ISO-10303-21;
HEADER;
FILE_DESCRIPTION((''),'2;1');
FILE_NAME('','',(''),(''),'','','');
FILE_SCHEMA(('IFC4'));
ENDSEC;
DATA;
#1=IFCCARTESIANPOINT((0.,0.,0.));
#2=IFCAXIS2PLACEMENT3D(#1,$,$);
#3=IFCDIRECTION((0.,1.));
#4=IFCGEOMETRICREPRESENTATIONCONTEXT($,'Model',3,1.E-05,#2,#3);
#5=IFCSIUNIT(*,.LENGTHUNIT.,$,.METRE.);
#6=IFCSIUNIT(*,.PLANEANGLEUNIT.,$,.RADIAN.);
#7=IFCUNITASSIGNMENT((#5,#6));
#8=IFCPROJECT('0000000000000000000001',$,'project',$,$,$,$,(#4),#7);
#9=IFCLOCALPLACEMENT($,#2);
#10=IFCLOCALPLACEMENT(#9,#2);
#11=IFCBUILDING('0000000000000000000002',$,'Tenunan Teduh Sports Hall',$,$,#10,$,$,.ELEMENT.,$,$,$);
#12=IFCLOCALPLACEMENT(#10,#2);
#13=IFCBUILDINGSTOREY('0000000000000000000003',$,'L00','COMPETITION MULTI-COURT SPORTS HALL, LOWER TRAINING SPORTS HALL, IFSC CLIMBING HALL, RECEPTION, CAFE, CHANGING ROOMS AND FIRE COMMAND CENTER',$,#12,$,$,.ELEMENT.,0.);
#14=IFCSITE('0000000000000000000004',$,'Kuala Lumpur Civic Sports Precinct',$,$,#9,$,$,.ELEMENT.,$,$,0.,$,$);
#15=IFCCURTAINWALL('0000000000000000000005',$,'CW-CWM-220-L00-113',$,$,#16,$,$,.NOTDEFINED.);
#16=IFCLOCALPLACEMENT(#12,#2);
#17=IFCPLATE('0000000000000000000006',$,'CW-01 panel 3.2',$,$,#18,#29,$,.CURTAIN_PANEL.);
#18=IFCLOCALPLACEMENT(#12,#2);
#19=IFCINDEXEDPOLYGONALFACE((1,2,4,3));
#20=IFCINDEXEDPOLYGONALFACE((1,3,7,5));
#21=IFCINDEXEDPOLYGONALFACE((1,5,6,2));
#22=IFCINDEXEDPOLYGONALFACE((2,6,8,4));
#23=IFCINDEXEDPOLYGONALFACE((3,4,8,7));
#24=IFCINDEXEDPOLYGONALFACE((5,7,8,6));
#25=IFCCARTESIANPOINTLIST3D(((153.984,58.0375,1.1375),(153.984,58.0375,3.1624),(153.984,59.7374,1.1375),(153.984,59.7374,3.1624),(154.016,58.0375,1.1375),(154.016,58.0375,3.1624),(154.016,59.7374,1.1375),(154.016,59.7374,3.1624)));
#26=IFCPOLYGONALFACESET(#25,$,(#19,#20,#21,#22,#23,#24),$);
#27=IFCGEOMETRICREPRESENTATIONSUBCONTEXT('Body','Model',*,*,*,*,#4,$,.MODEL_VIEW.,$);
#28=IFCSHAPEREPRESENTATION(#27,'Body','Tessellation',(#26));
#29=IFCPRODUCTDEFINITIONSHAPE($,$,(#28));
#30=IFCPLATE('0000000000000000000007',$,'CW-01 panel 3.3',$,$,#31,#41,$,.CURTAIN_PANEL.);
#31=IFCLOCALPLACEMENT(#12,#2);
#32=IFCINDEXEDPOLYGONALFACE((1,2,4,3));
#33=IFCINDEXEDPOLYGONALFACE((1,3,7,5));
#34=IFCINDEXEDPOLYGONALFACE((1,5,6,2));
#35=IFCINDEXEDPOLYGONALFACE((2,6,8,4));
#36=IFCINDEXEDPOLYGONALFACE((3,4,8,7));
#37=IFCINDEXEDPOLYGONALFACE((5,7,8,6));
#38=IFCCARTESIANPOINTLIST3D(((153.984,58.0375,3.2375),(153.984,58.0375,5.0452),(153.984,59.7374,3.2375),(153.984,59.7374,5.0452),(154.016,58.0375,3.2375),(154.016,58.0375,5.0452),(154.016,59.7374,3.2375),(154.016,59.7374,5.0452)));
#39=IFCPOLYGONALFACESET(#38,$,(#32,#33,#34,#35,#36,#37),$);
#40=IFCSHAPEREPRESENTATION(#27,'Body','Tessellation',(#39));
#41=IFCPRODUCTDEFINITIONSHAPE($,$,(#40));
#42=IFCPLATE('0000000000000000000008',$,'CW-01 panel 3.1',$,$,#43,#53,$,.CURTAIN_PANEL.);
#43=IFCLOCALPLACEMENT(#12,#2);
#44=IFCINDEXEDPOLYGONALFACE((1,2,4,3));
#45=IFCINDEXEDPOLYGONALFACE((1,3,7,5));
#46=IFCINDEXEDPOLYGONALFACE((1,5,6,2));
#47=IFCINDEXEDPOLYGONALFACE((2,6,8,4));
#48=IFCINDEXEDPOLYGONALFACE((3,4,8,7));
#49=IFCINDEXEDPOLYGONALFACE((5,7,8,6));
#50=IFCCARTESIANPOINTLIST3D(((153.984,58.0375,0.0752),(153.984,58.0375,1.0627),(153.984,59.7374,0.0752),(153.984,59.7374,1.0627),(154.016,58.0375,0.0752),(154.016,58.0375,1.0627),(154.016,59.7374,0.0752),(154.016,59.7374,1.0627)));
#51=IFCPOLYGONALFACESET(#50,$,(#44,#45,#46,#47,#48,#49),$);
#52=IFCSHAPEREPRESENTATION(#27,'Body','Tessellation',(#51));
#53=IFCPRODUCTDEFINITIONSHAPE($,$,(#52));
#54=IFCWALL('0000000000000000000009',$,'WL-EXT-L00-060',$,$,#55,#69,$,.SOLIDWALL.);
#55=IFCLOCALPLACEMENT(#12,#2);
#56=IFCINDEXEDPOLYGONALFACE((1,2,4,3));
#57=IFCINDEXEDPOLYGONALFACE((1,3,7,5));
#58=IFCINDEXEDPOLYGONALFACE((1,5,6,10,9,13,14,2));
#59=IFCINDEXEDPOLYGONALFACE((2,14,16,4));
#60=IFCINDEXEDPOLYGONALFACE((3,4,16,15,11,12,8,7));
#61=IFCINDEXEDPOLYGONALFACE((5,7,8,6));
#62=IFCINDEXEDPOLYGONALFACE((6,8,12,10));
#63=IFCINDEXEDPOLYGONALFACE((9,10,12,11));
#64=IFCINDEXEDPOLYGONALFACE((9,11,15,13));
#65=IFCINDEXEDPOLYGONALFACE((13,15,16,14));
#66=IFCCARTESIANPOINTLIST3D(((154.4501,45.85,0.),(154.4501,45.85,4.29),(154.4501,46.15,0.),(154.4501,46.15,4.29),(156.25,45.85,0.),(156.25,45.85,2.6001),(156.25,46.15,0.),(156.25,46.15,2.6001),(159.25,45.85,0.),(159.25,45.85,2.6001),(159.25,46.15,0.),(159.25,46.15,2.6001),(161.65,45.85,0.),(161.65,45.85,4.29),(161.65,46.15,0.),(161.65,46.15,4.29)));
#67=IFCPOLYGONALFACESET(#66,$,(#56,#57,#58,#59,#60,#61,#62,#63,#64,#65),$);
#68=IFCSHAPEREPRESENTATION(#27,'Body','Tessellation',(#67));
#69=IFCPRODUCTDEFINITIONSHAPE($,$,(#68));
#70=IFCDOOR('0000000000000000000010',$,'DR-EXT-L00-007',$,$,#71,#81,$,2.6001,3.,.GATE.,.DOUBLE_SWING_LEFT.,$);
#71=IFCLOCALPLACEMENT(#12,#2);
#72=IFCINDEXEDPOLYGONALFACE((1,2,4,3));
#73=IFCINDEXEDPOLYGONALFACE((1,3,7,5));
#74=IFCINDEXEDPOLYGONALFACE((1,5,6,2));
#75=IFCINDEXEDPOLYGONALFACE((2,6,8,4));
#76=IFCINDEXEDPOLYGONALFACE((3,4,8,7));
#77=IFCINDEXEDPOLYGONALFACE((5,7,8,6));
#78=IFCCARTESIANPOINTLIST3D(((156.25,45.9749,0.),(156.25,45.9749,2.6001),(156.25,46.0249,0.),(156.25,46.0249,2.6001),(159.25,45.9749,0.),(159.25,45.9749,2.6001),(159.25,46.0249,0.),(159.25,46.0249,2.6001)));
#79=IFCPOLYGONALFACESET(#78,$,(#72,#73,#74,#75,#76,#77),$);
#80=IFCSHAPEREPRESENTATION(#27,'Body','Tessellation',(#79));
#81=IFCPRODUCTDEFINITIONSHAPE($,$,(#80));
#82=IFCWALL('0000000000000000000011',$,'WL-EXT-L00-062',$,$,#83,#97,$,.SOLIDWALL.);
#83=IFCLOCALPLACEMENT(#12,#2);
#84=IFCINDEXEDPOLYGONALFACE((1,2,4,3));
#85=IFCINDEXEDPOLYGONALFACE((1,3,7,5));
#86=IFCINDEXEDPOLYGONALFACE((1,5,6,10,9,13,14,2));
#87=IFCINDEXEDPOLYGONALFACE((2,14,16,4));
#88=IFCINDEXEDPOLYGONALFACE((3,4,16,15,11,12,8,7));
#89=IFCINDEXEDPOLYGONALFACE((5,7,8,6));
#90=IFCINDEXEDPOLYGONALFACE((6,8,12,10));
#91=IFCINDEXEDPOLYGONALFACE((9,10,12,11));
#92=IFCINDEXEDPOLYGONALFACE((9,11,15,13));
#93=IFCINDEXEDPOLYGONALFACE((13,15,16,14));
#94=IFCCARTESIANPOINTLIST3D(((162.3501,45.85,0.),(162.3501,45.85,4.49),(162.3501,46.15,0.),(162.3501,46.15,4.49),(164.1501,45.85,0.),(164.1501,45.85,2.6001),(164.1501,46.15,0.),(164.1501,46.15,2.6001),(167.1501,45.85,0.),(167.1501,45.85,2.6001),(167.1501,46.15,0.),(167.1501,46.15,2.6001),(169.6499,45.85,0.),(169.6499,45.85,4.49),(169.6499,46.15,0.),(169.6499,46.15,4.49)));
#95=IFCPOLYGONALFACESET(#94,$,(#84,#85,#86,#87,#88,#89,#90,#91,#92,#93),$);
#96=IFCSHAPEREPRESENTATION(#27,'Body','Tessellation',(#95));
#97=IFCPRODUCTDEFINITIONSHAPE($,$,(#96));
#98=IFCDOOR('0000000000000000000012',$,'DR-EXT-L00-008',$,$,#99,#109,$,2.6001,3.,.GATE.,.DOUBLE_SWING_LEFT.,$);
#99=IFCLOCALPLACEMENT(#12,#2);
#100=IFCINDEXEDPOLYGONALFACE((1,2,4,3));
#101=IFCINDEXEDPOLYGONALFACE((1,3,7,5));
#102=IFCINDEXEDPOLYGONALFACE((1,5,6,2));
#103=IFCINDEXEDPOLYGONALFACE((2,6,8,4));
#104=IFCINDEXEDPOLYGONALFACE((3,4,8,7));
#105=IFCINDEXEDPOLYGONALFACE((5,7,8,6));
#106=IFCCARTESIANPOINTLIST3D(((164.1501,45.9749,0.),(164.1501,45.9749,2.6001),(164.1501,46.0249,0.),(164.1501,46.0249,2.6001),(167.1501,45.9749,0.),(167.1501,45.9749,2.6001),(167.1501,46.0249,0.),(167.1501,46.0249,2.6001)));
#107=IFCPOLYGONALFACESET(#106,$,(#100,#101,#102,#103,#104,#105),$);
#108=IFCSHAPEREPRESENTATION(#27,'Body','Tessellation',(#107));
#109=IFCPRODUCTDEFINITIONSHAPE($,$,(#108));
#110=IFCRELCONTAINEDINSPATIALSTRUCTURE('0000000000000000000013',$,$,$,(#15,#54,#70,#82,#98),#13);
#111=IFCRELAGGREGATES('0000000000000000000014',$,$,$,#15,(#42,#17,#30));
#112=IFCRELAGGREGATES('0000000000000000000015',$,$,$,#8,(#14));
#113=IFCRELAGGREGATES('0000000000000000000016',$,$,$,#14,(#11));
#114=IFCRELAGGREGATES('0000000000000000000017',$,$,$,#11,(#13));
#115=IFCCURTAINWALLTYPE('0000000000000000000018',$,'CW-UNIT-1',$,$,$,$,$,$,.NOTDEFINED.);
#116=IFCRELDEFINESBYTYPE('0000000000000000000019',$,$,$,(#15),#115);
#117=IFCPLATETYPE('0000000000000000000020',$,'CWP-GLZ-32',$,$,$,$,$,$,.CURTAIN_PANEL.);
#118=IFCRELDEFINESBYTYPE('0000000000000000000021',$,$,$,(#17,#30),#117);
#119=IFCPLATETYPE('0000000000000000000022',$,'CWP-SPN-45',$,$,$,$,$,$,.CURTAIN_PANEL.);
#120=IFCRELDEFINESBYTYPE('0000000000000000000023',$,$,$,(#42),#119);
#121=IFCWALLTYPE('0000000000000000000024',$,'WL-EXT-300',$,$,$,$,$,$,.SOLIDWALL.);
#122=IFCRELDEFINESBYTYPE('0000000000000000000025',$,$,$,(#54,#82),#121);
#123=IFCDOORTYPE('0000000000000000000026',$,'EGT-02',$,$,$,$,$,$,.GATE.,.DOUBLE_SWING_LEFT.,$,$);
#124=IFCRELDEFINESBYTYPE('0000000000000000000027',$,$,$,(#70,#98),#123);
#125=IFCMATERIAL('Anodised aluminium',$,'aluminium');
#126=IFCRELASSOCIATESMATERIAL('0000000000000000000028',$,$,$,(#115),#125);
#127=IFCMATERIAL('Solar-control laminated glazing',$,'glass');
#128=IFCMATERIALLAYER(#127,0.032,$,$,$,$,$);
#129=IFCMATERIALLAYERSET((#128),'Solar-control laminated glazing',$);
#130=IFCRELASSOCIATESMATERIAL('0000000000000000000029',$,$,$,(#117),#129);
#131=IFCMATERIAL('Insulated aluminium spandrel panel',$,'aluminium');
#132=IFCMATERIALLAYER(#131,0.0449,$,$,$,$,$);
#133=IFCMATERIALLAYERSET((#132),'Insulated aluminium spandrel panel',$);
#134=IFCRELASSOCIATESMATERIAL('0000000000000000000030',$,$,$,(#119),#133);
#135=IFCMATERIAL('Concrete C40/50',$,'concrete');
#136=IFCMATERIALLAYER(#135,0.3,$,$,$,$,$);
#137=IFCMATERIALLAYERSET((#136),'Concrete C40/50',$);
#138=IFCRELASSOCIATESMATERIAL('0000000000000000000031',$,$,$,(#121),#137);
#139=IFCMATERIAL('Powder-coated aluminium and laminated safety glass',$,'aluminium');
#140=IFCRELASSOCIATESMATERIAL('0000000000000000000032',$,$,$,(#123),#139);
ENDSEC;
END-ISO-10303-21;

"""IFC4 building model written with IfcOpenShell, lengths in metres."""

from ifc_helpers import new_model, si_unit, direction, frame, frame_2d, origin, origin_2d, place, context, subcontext, project, spatial, rectangle, extrude, material, layer, layer_set, type_object, element, fill, aggregate, save


model = new_model("IFC4")

# Units and contexts
model_context = context("Model", 3, precision=1e-05, world=origin(), true_north=direction((0.0, 1.0)))
body_context = subcontext(model_context, "Body", "Model", "MODEL_VIEW")
ifc_project = project(units=[si_unit("LENGTHUNIT", "METRE"), si_unit("PLANEANGLEUNIT", "RADIAN")], contexts=[model_context])

# Site, building, storey
site_placement = place(None, origin())
site = spatial("IfcSite", under=ifc_project, at=site_placement, Name="Kuala Lumpur Civic Sports Precinct", CompositionType="ELEMENT", RefElevation=0.0)
building_placement = place(site_placement, origin())
building = spatial("IfcBuilding", under=site, at=building_placement, Name="Tenunan Teduh Sports Hall", CompositionType="ELEMENT")
storey_placement = place(building_placement, origin())
storey = spatial("IfcBuildingStorey", under=building, at=storey_placement, Name="L00", Description="COMPETITION MULTI-COURT SPORTS HALL, LOWER TRAINING SPORTS HALL, IFSC CLIMBING HALL, RECEPTION, CAFE, CHANGING ROOMS AND FIRE COMMAND CENTER", CompositionType="ELEMENT", Elevation=0.0)

# Shared definitions
ifc_material_1 = material(Name="Anodised aluminium", Category="aluminium")
curtain_wall_type = type_object("IfcCurtainWallType", Name="CW-UNIT-1", PredefinedType="NOTDEFINED", material=ifc_material_1)

# Curtain wall
curtain_wall_1_placement = place(storey_placement, origin())
curtain_wall_1 = element("IfcCurtainWall", 1, at=curtain_wall_1_placement, inside=storey, type_object=curtain_wall_type, Name="CW-CWM-220-L00-113", PredefinedType="NOTDEFINED")

# Plates
ifc_material_2 = material(Name="Solar-control laminated glazing", Category="glass")
ifc_layer_1 = layer(ifc_material_2, 0.032)
ifc_layer_set_1 = layer_set([ifc_layer_1], Name="Solar-control laminated glazing")
plate_type_1 = type_object("IfcPlateType", Name="CWP-GLZ-32", PredefinedType="CURTAIN_PANEL", material=ifc_layer_set_1)
plate_1_placement = place(storey_placement, frame((154.0, 58.8875, 1.1375), z_axis=(0.0, 0.0, 1.0), x_axis=(0.0, 1.0, 0.0)))
plate_1 = element("IfcPlate", 2, at=plate_1_placement, type_object=plate_type_1, Name="CW-01 panel 3.2", PredefinedType="CURTAIN_PANEL", context=body_context, shape_type="SweptSolid", body=[
    extrude(rectangle(XDim=1.7, YDim=0.032, at=origin_2d()), origin(), (0.0, 0.0, 1.0), 2.0249),
])
plate_2_placement = place(storey_placement, frame((154.0, 58.8875, 3.2375), z_axis=(0.0, 0.0, 1.0), x_axis=(0.0, 1.0, 0.0)))
plate_2 = element("IfcPlate", 3, at=plate_2_placement, type_object=plate_type_1, Name="CW-01 panel 3.3", PredefinedType="CURTAIN_PANEL", context=body_context, shape_type="SweptSolid", body=[
    extrude(rectangle(XDim=1.7, YDim=0.032, at=origin_2d()), origin(), (0.0, 0.0, 1.0), 1.8076),
])
ifc_material_3 = material(Name="Insulated aluminium spandrel panel", Category="aluminium")
ifc_layer_2 = layer(ifc_material_3, 0.0449)
ifc_layer_set_2 = layer_set([ifc_layer_2], Name="Insulated aluminium spandrel panel")
plate_type_2 = type_object("IfcPlateType", Name="CWP-SPN-45", PredefinedType="CURTAIN_PANEL", material=ifc_layer_set_2)
plate_3_placement = place(storey_placement, frame((154.0, 58.8875, 0.0752), z_axis=(0.0, 0.0, 1.0), x_axis=(0.0, 1.0, 0.0)))
plate_3 = element("IfcPlate", 4, at=plate_3_placement, type_object=plate_type_2, Name="CW-01 panel 3.1", PredefinedType="CURTAIN_PANEL", context=body_context, shape_type="SweptSolid", body=[
    extrude(rectangle(XDim=1.7, YDim=0.032, at=origin_2d()), origin(), (0.0, 0.0, 1.0), 0.9875),
])
aggregate(curtain_wall_1, [plate_3, plate_1, plate_2])

# Walls, openings, doors
ifc_material_4 = material(Name="Concrete C40/50", Category="concrete")
ifc_layer_3 = layer(ifc_material_4, 0.3)
ifc_layer_set_3 = layer_set([ifc_layer_3], Name="Concrete C40/50")
wall_type = type_object("IfcWallType", Name="WL-EXT-300", PredefinedType="SOLIDWALL", material=ifc_layer_set_3)
wall_1_placement = place(storey_placement, frame((154.45, 46.0, 0.0), z_axis=(0.0, 0.0, 1.0), x_axis=(1.0, 0.0, 0.0)))
wall_1 = element("IfcWall", 5, at=wall_1_placement, inside=storey, type_object=wall_type, Name="WL-EXT-L00-060", PredefinedType="SOLIDWALL", context=body_context, shape_type="SweptSolid", body=[
    extrude(rectangle(XDim=7.2, YDim=0.3, at=frame_2d((3.6001, 0.0))), origin(), (0.0, 0.0, 1.0), 4.29),
])
opening_1_placement = place(wall_1_placement, frame((1.8, 0.0, 0.0)))
opening_1 = element("IfcOpeningElement", 6, at=opening_1_placement, cuts=wall_1, PredefinedType="OPENING", context=body_context, shape_type="SweptSolid", body=[
    extrude(rectangle(XDim=3.0, YDim=2.6001, at=frame_2d((1.5, 1.3))), frame((0.0, 0.1599, 0.0), z_axis=(0.0, -1.0, 0.0), x_axis=(1.0, 0.0, 0.0)), (0.0, 0.0, 1.0), 0.3201),
])
ifc_material_5 = material(Name="Powder-coated aluminium and laminated safety glass", Category="aluminium")
door_type = type_object("IfcDoorType", Name="EGT-02", OperationType="DOUBLE_SWING_LEFT", PredefinedType="GATE", material=ifc_material_5)
door_1_placement = place(opening_1_placement, origin())
door_1 = element("IfcDoor", 7, at=door_1_placement, inside=storey, type_object=door_type, Name="DR-EXT-L00-007", OperationType="DOUBLE_SWING_LEFT", OverallHeight=2.6001, OverallWidth=3.0, PredefinedType="GATE", context=body_context, shape_type="SweptSolid", body=[
    extrude(rectangle(XDim=3.0, YDim=2.6001, at=frame_2d((1.5, 1.3))), frame((0.0, 0.0249, 0.0), z_axis=(0.0, -1.0, 0.0), x_axis=(1.0, 0.0, 0.0)), (0.0, 0.0, 1.0), 0.05),
])
fill(opening_1, door_1)
wall_2_placement = place(storey_placement, frame((162.3501, 46.0, 0.0), z_axis=(0.0, 0.0, 1.0), x_axis=(1.0, 0.0, 0.0)))
wall_2 = element("IfcWall", 8, at=wall_2_placement, inside=storey, type_object=wall_type, Name="WL-EXT-L00-062", PredefinedType="SOLIDWALL", context=body_context, shape_type="SweptSolid", body=[
    extrude(rectangle(XDim=7.2998, YDim=0.3, at=frame_2d((3.6499, 0.0))), origin(), (0.0, 0.0, 1.0), 4.49),
])
opening_2_placement = place(wall_2_placement, frame((1.8, 0.0, 0.0)))
opening_2 = element("IfcOpeningElement", 9, at=opening_2_placement, cuts=wall_2, PredefinedType="OPENING", context=body_context, shape_type="SweptSolid", body=[
    extrude(rectangle(XDim=3.0, YDim=2.6001, at=frame_2d((1.5, 1.3))), frame((0.0, 0.1599, 0.0), z_axis=(0.0, -1.0, 0.0), x_axis=(1.0, 0.0, 0.0)), (0.0, 0.0, 1.0), 0.3201),
])
door_2_placement = place(opening_2_placement, origin())
door_2 = element("IfcDoor", 10, at=door_2_placement, inside=storey, type_object=door_type, Name="DR-EXT-L00-008", OperationType="DOUBLE_SWING_LEFT", OverallHeight=2.6001, OverallWidth=3.0, PredefinedType="GATE", context=body_context, shape_type="SweptSolid", body=[
    extrude(rectangle(XDim=3.0, YDim=2.6001, at=frame_2d((1.5, 1.3))), frame((0.0, 0.0249, 0.0), z_axis=(0.0, -1.0, 0.0), x_axis=(1.0, 0.0, 0.0)), (0.0, 0.0, 1.0), 0.05),
])
fill(opening_2, door_2)

save(model, "model.ifc")
